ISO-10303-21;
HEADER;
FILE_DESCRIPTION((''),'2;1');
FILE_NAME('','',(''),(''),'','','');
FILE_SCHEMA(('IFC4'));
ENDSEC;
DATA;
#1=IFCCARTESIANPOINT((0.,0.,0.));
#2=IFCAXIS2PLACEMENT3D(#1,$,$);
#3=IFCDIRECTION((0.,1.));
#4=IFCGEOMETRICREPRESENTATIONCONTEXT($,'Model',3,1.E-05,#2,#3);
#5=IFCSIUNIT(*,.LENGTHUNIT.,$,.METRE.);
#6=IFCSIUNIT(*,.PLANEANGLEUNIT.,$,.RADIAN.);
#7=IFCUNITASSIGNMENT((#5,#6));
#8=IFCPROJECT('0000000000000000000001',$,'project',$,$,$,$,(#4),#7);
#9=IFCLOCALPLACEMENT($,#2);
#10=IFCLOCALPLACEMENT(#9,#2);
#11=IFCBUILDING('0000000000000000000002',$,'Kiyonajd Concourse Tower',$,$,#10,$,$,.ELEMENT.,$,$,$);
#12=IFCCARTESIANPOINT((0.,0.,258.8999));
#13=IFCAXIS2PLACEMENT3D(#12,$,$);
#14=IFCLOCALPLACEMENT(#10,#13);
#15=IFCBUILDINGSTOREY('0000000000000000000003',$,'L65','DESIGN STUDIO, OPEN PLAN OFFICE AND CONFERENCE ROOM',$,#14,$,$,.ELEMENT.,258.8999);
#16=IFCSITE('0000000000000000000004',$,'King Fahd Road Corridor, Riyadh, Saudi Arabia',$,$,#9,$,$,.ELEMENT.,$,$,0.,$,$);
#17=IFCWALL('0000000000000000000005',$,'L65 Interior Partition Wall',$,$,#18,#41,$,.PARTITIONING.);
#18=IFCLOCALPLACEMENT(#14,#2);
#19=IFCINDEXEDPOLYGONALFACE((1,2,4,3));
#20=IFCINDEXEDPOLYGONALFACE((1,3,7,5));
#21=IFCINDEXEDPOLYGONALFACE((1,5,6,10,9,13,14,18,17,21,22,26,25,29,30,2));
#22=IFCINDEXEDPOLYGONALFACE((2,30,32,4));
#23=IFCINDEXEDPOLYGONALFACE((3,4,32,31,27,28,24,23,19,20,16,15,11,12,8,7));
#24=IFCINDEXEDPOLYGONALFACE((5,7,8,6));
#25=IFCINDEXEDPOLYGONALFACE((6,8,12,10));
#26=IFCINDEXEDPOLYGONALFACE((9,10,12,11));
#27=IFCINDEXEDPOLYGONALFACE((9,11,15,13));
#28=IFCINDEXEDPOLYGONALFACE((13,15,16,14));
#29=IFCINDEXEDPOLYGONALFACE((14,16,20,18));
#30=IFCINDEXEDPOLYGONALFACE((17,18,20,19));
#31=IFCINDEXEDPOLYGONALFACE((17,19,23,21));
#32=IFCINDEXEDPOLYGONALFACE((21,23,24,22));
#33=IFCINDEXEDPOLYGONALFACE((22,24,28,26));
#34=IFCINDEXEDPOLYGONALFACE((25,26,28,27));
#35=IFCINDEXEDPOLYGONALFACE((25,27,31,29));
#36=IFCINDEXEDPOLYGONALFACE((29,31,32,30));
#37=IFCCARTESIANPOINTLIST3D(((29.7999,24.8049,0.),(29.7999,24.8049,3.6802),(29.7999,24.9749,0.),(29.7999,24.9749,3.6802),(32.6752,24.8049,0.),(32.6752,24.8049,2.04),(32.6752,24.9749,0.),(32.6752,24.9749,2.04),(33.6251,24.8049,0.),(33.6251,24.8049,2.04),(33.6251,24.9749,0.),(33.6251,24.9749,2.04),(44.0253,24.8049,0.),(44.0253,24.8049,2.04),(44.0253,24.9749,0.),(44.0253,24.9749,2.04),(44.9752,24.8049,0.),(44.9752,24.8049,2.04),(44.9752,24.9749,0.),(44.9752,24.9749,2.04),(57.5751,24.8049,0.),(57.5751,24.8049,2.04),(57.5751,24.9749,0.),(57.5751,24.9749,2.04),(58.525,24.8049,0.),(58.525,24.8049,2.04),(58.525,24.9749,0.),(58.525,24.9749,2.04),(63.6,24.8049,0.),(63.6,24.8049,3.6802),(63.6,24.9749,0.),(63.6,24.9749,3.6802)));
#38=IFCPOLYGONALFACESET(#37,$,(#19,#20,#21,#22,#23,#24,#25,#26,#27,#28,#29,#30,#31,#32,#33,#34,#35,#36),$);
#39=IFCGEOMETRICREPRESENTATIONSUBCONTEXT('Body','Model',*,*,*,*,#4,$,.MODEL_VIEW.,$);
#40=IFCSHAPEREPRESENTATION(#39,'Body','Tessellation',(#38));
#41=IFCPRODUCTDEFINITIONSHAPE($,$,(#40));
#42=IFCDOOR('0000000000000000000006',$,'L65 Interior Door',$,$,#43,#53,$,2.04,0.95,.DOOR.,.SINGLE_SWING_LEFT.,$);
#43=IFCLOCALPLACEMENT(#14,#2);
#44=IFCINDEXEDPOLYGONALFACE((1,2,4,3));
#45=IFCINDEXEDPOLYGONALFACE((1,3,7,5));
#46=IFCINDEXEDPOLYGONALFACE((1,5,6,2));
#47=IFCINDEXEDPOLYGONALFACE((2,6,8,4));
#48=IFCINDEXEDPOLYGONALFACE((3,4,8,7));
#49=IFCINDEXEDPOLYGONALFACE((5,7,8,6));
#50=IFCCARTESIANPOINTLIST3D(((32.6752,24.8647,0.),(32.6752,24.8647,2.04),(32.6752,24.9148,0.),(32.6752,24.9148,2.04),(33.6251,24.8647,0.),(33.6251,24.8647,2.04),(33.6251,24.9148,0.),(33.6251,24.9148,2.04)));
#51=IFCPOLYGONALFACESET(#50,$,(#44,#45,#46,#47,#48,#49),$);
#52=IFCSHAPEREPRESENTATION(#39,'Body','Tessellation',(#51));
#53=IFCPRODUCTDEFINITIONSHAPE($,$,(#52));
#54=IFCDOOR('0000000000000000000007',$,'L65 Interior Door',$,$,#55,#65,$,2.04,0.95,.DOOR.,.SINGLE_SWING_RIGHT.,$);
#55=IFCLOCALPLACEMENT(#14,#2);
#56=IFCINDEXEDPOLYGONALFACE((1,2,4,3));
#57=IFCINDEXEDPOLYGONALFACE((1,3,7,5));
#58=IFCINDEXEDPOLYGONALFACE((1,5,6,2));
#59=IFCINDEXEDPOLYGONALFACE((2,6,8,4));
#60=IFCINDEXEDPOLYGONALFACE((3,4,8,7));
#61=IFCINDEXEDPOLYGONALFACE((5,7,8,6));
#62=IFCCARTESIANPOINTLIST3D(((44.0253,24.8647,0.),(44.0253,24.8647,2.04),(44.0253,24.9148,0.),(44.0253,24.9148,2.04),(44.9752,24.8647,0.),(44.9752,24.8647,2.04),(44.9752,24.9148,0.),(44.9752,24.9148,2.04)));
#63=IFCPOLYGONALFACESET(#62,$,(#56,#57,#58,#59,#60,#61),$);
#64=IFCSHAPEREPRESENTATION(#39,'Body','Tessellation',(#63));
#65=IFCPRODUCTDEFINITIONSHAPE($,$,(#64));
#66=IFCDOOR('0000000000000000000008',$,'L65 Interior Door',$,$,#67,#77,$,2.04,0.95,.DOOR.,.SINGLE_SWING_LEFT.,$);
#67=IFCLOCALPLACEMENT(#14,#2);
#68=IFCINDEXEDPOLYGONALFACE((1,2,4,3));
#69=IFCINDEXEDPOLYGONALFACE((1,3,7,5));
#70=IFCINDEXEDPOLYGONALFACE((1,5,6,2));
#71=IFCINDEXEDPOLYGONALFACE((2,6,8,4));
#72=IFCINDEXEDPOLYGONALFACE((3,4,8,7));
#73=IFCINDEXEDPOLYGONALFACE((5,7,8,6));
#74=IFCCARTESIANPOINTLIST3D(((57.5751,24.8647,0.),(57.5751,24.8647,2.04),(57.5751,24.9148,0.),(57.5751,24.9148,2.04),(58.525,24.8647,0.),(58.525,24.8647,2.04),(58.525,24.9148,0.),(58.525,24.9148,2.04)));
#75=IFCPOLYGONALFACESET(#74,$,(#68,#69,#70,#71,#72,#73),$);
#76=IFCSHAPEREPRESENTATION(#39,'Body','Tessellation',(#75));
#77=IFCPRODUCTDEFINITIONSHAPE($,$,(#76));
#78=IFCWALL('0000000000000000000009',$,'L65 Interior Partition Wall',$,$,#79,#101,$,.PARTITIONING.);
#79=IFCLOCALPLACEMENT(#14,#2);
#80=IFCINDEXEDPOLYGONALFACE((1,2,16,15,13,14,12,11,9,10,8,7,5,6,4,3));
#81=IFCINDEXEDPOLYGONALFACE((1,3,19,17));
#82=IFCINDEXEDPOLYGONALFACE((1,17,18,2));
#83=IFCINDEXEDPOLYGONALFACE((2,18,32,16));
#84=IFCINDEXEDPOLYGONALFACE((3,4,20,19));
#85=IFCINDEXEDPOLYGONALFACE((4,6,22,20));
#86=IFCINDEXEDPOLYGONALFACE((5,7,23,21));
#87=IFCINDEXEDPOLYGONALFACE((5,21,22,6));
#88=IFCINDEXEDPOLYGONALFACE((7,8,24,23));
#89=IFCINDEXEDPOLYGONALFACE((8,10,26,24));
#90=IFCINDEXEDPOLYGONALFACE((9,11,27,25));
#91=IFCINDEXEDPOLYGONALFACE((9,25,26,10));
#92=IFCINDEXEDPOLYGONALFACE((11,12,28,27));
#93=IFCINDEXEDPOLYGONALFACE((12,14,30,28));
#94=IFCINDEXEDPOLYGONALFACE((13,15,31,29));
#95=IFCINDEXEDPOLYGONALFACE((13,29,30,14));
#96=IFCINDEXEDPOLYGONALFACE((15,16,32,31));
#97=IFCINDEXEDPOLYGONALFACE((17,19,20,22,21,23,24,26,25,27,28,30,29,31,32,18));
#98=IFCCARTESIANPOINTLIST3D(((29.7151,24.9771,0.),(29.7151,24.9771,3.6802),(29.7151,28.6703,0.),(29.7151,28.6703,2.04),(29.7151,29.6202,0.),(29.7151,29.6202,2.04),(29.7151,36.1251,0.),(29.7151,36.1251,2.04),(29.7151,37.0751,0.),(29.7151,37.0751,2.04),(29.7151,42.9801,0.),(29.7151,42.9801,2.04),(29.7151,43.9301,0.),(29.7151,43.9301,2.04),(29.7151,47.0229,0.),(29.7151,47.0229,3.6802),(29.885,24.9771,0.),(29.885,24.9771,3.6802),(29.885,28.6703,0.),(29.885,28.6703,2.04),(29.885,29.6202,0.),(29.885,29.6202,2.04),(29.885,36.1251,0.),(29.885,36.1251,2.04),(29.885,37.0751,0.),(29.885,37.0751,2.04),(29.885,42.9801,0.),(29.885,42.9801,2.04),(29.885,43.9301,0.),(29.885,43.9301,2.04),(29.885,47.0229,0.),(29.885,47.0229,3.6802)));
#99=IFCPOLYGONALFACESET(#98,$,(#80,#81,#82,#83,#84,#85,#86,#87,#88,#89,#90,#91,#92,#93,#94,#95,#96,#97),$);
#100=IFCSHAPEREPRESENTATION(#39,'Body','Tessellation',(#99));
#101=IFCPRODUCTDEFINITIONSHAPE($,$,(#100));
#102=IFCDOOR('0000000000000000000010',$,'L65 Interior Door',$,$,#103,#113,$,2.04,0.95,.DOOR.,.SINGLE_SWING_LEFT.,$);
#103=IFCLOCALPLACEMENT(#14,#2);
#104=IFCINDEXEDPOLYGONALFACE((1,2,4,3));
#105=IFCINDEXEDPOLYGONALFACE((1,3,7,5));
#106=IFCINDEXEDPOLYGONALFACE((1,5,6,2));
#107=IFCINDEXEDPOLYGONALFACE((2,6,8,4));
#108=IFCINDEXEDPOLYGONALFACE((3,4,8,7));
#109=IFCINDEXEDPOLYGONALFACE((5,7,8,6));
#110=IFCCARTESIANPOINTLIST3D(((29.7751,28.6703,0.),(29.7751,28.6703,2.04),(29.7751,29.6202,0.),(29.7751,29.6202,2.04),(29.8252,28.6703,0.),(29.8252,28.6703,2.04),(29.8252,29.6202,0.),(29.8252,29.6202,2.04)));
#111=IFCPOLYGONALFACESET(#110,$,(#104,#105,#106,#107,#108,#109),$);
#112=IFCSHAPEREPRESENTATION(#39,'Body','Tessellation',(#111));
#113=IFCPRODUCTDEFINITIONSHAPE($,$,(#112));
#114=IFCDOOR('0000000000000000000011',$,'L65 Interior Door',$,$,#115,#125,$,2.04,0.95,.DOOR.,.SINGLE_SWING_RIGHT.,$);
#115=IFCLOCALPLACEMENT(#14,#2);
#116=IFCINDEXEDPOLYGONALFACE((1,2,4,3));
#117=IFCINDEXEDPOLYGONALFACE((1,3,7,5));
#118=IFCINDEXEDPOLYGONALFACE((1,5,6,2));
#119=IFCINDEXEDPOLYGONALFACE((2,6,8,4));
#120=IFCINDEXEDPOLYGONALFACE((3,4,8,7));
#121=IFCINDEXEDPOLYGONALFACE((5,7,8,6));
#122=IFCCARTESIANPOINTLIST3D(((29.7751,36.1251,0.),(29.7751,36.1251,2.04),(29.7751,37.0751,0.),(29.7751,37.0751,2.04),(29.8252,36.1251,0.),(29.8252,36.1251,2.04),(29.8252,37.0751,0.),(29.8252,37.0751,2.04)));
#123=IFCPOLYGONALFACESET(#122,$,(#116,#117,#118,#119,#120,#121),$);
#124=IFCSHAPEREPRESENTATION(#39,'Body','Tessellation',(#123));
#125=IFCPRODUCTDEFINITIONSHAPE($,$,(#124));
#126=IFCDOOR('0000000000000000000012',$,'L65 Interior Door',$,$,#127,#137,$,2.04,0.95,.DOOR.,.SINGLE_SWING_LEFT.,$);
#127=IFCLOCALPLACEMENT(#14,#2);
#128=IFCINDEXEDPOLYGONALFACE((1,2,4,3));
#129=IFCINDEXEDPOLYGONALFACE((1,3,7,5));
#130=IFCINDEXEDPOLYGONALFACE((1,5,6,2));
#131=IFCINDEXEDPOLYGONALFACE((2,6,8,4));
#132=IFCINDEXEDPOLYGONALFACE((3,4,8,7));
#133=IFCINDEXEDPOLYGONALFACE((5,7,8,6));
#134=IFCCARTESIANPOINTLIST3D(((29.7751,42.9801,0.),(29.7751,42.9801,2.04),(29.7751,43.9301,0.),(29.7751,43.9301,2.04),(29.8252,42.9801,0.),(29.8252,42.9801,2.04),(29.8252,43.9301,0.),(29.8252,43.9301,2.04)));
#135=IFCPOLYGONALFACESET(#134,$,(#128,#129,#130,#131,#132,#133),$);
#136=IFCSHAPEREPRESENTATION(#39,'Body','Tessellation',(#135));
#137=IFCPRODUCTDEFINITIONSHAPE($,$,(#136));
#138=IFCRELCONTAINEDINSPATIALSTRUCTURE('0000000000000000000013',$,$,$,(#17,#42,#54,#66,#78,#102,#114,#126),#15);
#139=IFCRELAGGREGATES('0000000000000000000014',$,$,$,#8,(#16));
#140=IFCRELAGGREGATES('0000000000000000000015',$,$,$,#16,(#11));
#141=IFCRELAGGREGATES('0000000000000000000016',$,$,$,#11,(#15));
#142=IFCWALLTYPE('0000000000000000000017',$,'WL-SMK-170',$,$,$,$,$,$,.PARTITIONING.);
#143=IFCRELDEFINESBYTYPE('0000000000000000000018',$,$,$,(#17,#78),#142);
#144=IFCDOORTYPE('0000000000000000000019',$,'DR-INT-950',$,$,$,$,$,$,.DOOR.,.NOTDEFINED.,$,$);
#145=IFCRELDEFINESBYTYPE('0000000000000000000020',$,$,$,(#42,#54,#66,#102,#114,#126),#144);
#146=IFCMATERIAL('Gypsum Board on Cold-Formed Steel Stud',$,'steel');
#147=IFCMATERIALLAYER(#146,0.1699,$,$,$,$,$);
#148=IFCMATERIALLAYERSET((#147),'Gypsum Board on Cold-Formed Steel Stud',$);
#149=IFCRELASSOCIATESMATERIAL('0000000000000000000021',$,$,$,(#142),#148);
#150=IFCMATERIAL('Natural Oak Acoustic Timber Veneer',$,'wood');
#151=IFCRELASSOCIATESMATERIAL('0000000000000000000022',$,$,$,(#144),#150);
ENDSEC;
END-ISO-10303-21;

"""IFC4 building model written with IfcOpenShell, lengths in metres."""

from ifc_helpers import new_model, si_unit, direction, frame, frame_2d, origin, place, context, subcontext, project, spatial, rectangle, extrude, material, layer, layer_set, type_object, element, fill, save


model = new_model("IFC4")

# Units and contexts
model_context = context("Model", 3, precision=1e-05, world=origin(), true_north=direction((0.0, 1.0)))
body_context = subcontext(model_context, "Body", "Model", "MODEL_VIEW")
ifc_project = project(units=[si_unit("LENGTHUNIT", "METRE"), si_unit("PLANEANGLEUNIT", "RADIAN")], contexts=[model_context])

# Site, building, storey
site_placement = place(None, origin())
site = spatial("IfcSite", under=ifc_project, at=site_placement, Name="King Fahd Road Corridor, Riyadh, Saudi Arabia", CompositionType="ELEMENT", RefElevation=0.0)
building_placement = place(site_placement, origin())
building = spatial("IfcBuilding", under=site, at=building_placement, Name="Kiyonajd Concourse Tower", CompositionType="ELEMENT")
storey_placement = place(building_placement, frame((0.0, 0.0, 258.8999)))
storey = spatial("IfcBuildingStorey", under=building, at=storey_placement, Name="L65", Description="DESIGN STUDIO, OPEN PLAN OFFICE AND CONFERENCE ROOM", CompositionType="ELEMENT", Elevation=258.8999)

# Shared definitions
ifc_material_1 = material(Name="Gypsum Board on Cold-Formed Steel Stud", Category="steel")

# Walls, openings, doors
ifc_layer_1 = layer(ifc_material_1, 0.1699)
ifc_layer_set_1 = layer_set([ifc_layer_1], Name="Gypsum Board on Cold-Formed Steel Stud")
wall_type_1 = type_object("IfcWallType", Name="WL-SMK-170", PredefinedType="PARTITIONING", material=ifc_layer_set_1)
wall_1_placement = place(storey_placement, frame((29.8, 24.8899, 0.0), z_axis=(0.0, 0.0, 1.0), x_axis=(1.0, 0.0, 0.0)))
wall_1 = element("IfcWall", 1, at=wall_1_placement, inside=storey, type_object=wall_type_1, Name="L65 Interior Partition Wall", PredefinedType="PARTITIONING", context=body_context, shape_type="SweptSolid", body=[
    extrude(rectangle(XDim=33.8, YDim=0.1699, at=frame_2d((16.8999, 0.0))), origin(), (0.0, 0.0, 1.0), 3.6802),
])
opening_1_placement = place(wall_1_placement, frame((2.875, 0.0, 0.0)))
opening_1 = element("IfcOpeningElement", 2, at=opening_1_placement, cuts=wall_1, PredefinedType="OPENING", context=body_context, shape_type="SweptSolid", body=[
    extrude(rectangle(XDim=0.95, YDim=2.04, at=frame_2d((0.4751, 1.02))), frame((0.0, 0.095, 0.0), z_axis=(0.0, -1.0, 0.0), x_axis=(1.0, 0.0, 0.0)), (0.0, 0.0, 1.0), 0.1899),
])
opening_2_placement = place(wall_1_placement, frame((14.2251, 0.0, 0.0)))
opening_2 = element("IfcOpeningElement", 3, at=opening_2_placement, cuts=wall_1, PredefinedType="OPENING", context=body_context, shape_type="SweptSolid", body=[
    extrude(rectangle(XDim=0.95, YDim=2.04, at=frame_2d((0.4751, 1.02))), frame((0.0, 0.095, 0.0), z_axis=(0.0, -1.0, 0.0), x_axis=(1.0, 0.0, 0.0)), (0.0, 0.0, 1.0), 0.1899),
])
opening_3_placement = place(wall_1_placement, frame((27.7749, 0.0, 0.0)))
opening_3 = element("IfcOpeningElement", 4, at=opening_3_placement, cuts=wall_1, PredefinedType="OPENING", context=body_context, shape_type="SweptSolid", body=[
    extrude(rectangle(XDim=0.95, YDim=2.04, at=frame_2d((0.4751, 1.02))), frame((0.0, 0.095, 0.0), z_axis=(0.0, -1.0, 0.0), x_axis=(1.0, 0.0, 0.0)), (0.0, 0.0, 1.0), 0.1899),
])
ifc_material_2 = material(Name="Natural Oak Acoustic Timber Veneer", Category="wood")
door_type_1 = type_object("IfcDoorType", Name="DR-INT-950", OperationType="NOTDEFINED", PredefinedType="DOOR", material=ifc_material_2)
door_1_placement = place(opening_1_placement, origin())
door_1 = element("IfcDoor", 5, at=door_1_placement, inside=storey, type_object=door_type_1, Name="L65 Interior Door", OperationType="SINGLE_SWING_LEFT", OverallHeight=2.04, OverallWidth=0.95, PredefinedType="DOOR", context=body_context, shape_type="SweptSolid", body=[
    extrude(rectangle(XDim=0.95, YDim=2.04, at=frame_2d((0.4751, 1.02))), frame((0.0, 0.0249, 0.0), z_axis=(0.0, -1.0, 0.0), x_axis=(1.0, 0.0, 0.0)), (0.0, 0.0, 1.0), 0.05),
])
fill(opening_1, door_1)
door_2_placement = place(opening_2_placement, origin())
door_2 = element("IfcDoor", 6, at=door_2_placement, inside=storey, type_object=door_type_1, Name="L65 Interior Door", OperationType="SINGLE_SWING_RIGHT", OverallHeight=2.04, OverallWidth=0.95, PredefinedType="DOOR", context=body_context, shape_type="SweptSolid", body=[
    extrude(rectangle(XDim=0.95, YDim=2.04, at=frame_2d((0.4751, 1.02))), frame((0.0, 0.0249, 0.0), z_axis=(0.0, -1.0, 0.0), x_axis=(1.0, 0.0, 0.0)), (0.0, 0.0, 1.0), 0.05),
])
fill(opening_2, door_2)
door_3_placement = place(opening_3_placement, origin())
door_3 = element("IfcDoor", 7, at=door_3_placement, inside=storey, type_object=door_type_1, Name="L65 Interior Door", OperationType="SINGLE_SWING_LEFT", OverallHeight=2.04, OverallWidth=0.95, PredefinedType="DOOR", context=body_context, shape_type="SweptSolid", body=[
    extrude(rectangle(XDim=0.95, YDim=2.04, at=frame_2d((0.4751, 1.02))), frame((0.0, 0.0249, 0.0), z_axis=(0.0, -1.0, 0.0), x_axis=(1.0, 0.0, 0.0)), (0.0, 0.0, 1.0), 0.05),
])
fill(opening_3, door_3)
wall_2_placement = place(storey_placement, frame((29.8, 24.9771, 0.0), z_axis=(0.0, 0.0, 1.0), x_axis=(0.0, 1.0, 0.0)))
wall_2 = element("IfcWall", 8, at=wall_2_placement, inside=storey, type_object=wall_type_1, Name="L65 Interior Partition Wall", PredefinedType="PARTITIONING", context=body_context, shape_type="SweptSolid", body=[
    extrude(rectangle(XDim=22.0459, YDim=0.1699, at=frame_2d((11.0229, 0.0))), origin(), (0.0, 0.0, 1.0), 3.6802),
])
opening_4_placement = place(wall_2_placement, frame((3.6931, 0.0, 0.0)))
opening_4 = element("IfcOpeningElement", 9, at=opening_4_placement, cuts=wall_2, PredefinedType="OPENING", context=body_context, shape_type="SweptSolid", body=[
    extrude(rectangle(XDim=0.95, YDim=2.04, at=frame_2d((0.4751, 1.02))), frame((0.0, 0.095, 0.0), z_axis=(0.0, -1.0, 0.0), x_axis=(1.0, 0.0, 0.0)), (0.0, 0.0, 1.0), 0.1899),
])
opening_5_placement = place(wall_2_placement, frame((11.1479, 0.0, 0.0)))
opening_5 = element("IfcOpeningElement", 10, at=opening_5_placement, cuts=wall_2, PredefinedType="OPENING", context=body_context, shape_type="SweptSolid", body=[
    extrude(rectangle(XDim=0.95, YDim=2.04, at=frame_2d((0.4751, 1.02))), frame((0.0, 0.095, 0.0), z_axis=(0.0, -1.0, 0.0), x_axis=(1.0, 0.0, 0.0)), (0.0, 0.0, 1.0), 0.1899),
])
opening_6_placement = place(wall_2_placement, frame((18.0029, 0.0, 0.0)))
opening_6 = element("IfcOpeningElement", 11, at=opening_6_placement, cuts=wall_2, PredefinedType="OPENING", context=body_context, shape_type="SweptSolid", body=[
    extrude(rectangle(XDim=0.95, YDim=2.04, at=frame_2d((0.4751, 1.02))), frame((0.0, 0.095, 0.0), z_axis=(0.0, -1.0, 0.0), x_axis=(1.0, 0.0, 0.0)), (0.0, 0.0, 1.0), 0.1899),
])
door_4_placement = place(opening_4_placement, origin())
door_4 = element("IfcDoor", 12, at=door_4_placement, inside=storey, type_object=door_type_1, Name="L65 Interior Door", OperationType="SINGLE_SWING_LEFT", OverallHeight=2.04, OverallWidth=0.95, PredefinedType="DOOR", context=body_context, shape_type="SweptSolid", body=[
    extrude(rectangle(XDim=0.95, YDim=2.04, at=frame_2d((0.4751, 1.02))), frame((0.0, 0.0249, 0.0), z_axis=(0.0, -1.0, 0.0), x_axis=(1.0, 0.0, 0.0)), (0.0, 0.0, 1.0), 0.05),
])
fill(opening_4, door_4)
door_5_placement = place(opening_5_placement, origin())
door_5 = element("IfcDoor", 13, at=door_5_placement, inside=storey, type_object=door_type_1, Name="L65 Interior Door", OperationType="SINGLE_SWING_RIGHT", OverallHeight=2.04, OverallWidth=0.95, PredefinedType="DOOR", context=body_context, shape_type="SweptSolid", body=[
    extrude(rectangle(XDim=0.95, YDim=2.04, at=frame_2d((0.4751, 1.02))), frame((0.0, 0.0249, 0.0), z_axis=(0.0, -1.0, 0.0), x_axis=(1.0, 0.0, 0.0)), (0.0, 0.0, 1.0), 0.05),
])
fill(opening_5, door_5)
door_6_placement = place(opening_6_placement, origin())
door_6 = element("IfcDoor", 14, at=door_6_placement, inside=storey, type_object=door_type_1, Name="L65 Interior Door", OperationType="SINGLE_SWING_LEFT", OverallHeight=2.04, OverallWidth=0.95, PredefinedType="DOOR", context=body_context, shape_type="SweptSolid", body=[
    extrude(rectangle(XDim=0.95, YDim=2.04, at=frame_2d((0.4751, 1.02))), frame((0.0, 0.0249, 0.0), z_axis=(0.0, -1.0, 0.0), x_axis=(1.0, 0.0, 0.0)), (0.0, 0.0, 1.0), 0.05),
])
fill(opening_6, door_6)

save(model, "model.ifc")
